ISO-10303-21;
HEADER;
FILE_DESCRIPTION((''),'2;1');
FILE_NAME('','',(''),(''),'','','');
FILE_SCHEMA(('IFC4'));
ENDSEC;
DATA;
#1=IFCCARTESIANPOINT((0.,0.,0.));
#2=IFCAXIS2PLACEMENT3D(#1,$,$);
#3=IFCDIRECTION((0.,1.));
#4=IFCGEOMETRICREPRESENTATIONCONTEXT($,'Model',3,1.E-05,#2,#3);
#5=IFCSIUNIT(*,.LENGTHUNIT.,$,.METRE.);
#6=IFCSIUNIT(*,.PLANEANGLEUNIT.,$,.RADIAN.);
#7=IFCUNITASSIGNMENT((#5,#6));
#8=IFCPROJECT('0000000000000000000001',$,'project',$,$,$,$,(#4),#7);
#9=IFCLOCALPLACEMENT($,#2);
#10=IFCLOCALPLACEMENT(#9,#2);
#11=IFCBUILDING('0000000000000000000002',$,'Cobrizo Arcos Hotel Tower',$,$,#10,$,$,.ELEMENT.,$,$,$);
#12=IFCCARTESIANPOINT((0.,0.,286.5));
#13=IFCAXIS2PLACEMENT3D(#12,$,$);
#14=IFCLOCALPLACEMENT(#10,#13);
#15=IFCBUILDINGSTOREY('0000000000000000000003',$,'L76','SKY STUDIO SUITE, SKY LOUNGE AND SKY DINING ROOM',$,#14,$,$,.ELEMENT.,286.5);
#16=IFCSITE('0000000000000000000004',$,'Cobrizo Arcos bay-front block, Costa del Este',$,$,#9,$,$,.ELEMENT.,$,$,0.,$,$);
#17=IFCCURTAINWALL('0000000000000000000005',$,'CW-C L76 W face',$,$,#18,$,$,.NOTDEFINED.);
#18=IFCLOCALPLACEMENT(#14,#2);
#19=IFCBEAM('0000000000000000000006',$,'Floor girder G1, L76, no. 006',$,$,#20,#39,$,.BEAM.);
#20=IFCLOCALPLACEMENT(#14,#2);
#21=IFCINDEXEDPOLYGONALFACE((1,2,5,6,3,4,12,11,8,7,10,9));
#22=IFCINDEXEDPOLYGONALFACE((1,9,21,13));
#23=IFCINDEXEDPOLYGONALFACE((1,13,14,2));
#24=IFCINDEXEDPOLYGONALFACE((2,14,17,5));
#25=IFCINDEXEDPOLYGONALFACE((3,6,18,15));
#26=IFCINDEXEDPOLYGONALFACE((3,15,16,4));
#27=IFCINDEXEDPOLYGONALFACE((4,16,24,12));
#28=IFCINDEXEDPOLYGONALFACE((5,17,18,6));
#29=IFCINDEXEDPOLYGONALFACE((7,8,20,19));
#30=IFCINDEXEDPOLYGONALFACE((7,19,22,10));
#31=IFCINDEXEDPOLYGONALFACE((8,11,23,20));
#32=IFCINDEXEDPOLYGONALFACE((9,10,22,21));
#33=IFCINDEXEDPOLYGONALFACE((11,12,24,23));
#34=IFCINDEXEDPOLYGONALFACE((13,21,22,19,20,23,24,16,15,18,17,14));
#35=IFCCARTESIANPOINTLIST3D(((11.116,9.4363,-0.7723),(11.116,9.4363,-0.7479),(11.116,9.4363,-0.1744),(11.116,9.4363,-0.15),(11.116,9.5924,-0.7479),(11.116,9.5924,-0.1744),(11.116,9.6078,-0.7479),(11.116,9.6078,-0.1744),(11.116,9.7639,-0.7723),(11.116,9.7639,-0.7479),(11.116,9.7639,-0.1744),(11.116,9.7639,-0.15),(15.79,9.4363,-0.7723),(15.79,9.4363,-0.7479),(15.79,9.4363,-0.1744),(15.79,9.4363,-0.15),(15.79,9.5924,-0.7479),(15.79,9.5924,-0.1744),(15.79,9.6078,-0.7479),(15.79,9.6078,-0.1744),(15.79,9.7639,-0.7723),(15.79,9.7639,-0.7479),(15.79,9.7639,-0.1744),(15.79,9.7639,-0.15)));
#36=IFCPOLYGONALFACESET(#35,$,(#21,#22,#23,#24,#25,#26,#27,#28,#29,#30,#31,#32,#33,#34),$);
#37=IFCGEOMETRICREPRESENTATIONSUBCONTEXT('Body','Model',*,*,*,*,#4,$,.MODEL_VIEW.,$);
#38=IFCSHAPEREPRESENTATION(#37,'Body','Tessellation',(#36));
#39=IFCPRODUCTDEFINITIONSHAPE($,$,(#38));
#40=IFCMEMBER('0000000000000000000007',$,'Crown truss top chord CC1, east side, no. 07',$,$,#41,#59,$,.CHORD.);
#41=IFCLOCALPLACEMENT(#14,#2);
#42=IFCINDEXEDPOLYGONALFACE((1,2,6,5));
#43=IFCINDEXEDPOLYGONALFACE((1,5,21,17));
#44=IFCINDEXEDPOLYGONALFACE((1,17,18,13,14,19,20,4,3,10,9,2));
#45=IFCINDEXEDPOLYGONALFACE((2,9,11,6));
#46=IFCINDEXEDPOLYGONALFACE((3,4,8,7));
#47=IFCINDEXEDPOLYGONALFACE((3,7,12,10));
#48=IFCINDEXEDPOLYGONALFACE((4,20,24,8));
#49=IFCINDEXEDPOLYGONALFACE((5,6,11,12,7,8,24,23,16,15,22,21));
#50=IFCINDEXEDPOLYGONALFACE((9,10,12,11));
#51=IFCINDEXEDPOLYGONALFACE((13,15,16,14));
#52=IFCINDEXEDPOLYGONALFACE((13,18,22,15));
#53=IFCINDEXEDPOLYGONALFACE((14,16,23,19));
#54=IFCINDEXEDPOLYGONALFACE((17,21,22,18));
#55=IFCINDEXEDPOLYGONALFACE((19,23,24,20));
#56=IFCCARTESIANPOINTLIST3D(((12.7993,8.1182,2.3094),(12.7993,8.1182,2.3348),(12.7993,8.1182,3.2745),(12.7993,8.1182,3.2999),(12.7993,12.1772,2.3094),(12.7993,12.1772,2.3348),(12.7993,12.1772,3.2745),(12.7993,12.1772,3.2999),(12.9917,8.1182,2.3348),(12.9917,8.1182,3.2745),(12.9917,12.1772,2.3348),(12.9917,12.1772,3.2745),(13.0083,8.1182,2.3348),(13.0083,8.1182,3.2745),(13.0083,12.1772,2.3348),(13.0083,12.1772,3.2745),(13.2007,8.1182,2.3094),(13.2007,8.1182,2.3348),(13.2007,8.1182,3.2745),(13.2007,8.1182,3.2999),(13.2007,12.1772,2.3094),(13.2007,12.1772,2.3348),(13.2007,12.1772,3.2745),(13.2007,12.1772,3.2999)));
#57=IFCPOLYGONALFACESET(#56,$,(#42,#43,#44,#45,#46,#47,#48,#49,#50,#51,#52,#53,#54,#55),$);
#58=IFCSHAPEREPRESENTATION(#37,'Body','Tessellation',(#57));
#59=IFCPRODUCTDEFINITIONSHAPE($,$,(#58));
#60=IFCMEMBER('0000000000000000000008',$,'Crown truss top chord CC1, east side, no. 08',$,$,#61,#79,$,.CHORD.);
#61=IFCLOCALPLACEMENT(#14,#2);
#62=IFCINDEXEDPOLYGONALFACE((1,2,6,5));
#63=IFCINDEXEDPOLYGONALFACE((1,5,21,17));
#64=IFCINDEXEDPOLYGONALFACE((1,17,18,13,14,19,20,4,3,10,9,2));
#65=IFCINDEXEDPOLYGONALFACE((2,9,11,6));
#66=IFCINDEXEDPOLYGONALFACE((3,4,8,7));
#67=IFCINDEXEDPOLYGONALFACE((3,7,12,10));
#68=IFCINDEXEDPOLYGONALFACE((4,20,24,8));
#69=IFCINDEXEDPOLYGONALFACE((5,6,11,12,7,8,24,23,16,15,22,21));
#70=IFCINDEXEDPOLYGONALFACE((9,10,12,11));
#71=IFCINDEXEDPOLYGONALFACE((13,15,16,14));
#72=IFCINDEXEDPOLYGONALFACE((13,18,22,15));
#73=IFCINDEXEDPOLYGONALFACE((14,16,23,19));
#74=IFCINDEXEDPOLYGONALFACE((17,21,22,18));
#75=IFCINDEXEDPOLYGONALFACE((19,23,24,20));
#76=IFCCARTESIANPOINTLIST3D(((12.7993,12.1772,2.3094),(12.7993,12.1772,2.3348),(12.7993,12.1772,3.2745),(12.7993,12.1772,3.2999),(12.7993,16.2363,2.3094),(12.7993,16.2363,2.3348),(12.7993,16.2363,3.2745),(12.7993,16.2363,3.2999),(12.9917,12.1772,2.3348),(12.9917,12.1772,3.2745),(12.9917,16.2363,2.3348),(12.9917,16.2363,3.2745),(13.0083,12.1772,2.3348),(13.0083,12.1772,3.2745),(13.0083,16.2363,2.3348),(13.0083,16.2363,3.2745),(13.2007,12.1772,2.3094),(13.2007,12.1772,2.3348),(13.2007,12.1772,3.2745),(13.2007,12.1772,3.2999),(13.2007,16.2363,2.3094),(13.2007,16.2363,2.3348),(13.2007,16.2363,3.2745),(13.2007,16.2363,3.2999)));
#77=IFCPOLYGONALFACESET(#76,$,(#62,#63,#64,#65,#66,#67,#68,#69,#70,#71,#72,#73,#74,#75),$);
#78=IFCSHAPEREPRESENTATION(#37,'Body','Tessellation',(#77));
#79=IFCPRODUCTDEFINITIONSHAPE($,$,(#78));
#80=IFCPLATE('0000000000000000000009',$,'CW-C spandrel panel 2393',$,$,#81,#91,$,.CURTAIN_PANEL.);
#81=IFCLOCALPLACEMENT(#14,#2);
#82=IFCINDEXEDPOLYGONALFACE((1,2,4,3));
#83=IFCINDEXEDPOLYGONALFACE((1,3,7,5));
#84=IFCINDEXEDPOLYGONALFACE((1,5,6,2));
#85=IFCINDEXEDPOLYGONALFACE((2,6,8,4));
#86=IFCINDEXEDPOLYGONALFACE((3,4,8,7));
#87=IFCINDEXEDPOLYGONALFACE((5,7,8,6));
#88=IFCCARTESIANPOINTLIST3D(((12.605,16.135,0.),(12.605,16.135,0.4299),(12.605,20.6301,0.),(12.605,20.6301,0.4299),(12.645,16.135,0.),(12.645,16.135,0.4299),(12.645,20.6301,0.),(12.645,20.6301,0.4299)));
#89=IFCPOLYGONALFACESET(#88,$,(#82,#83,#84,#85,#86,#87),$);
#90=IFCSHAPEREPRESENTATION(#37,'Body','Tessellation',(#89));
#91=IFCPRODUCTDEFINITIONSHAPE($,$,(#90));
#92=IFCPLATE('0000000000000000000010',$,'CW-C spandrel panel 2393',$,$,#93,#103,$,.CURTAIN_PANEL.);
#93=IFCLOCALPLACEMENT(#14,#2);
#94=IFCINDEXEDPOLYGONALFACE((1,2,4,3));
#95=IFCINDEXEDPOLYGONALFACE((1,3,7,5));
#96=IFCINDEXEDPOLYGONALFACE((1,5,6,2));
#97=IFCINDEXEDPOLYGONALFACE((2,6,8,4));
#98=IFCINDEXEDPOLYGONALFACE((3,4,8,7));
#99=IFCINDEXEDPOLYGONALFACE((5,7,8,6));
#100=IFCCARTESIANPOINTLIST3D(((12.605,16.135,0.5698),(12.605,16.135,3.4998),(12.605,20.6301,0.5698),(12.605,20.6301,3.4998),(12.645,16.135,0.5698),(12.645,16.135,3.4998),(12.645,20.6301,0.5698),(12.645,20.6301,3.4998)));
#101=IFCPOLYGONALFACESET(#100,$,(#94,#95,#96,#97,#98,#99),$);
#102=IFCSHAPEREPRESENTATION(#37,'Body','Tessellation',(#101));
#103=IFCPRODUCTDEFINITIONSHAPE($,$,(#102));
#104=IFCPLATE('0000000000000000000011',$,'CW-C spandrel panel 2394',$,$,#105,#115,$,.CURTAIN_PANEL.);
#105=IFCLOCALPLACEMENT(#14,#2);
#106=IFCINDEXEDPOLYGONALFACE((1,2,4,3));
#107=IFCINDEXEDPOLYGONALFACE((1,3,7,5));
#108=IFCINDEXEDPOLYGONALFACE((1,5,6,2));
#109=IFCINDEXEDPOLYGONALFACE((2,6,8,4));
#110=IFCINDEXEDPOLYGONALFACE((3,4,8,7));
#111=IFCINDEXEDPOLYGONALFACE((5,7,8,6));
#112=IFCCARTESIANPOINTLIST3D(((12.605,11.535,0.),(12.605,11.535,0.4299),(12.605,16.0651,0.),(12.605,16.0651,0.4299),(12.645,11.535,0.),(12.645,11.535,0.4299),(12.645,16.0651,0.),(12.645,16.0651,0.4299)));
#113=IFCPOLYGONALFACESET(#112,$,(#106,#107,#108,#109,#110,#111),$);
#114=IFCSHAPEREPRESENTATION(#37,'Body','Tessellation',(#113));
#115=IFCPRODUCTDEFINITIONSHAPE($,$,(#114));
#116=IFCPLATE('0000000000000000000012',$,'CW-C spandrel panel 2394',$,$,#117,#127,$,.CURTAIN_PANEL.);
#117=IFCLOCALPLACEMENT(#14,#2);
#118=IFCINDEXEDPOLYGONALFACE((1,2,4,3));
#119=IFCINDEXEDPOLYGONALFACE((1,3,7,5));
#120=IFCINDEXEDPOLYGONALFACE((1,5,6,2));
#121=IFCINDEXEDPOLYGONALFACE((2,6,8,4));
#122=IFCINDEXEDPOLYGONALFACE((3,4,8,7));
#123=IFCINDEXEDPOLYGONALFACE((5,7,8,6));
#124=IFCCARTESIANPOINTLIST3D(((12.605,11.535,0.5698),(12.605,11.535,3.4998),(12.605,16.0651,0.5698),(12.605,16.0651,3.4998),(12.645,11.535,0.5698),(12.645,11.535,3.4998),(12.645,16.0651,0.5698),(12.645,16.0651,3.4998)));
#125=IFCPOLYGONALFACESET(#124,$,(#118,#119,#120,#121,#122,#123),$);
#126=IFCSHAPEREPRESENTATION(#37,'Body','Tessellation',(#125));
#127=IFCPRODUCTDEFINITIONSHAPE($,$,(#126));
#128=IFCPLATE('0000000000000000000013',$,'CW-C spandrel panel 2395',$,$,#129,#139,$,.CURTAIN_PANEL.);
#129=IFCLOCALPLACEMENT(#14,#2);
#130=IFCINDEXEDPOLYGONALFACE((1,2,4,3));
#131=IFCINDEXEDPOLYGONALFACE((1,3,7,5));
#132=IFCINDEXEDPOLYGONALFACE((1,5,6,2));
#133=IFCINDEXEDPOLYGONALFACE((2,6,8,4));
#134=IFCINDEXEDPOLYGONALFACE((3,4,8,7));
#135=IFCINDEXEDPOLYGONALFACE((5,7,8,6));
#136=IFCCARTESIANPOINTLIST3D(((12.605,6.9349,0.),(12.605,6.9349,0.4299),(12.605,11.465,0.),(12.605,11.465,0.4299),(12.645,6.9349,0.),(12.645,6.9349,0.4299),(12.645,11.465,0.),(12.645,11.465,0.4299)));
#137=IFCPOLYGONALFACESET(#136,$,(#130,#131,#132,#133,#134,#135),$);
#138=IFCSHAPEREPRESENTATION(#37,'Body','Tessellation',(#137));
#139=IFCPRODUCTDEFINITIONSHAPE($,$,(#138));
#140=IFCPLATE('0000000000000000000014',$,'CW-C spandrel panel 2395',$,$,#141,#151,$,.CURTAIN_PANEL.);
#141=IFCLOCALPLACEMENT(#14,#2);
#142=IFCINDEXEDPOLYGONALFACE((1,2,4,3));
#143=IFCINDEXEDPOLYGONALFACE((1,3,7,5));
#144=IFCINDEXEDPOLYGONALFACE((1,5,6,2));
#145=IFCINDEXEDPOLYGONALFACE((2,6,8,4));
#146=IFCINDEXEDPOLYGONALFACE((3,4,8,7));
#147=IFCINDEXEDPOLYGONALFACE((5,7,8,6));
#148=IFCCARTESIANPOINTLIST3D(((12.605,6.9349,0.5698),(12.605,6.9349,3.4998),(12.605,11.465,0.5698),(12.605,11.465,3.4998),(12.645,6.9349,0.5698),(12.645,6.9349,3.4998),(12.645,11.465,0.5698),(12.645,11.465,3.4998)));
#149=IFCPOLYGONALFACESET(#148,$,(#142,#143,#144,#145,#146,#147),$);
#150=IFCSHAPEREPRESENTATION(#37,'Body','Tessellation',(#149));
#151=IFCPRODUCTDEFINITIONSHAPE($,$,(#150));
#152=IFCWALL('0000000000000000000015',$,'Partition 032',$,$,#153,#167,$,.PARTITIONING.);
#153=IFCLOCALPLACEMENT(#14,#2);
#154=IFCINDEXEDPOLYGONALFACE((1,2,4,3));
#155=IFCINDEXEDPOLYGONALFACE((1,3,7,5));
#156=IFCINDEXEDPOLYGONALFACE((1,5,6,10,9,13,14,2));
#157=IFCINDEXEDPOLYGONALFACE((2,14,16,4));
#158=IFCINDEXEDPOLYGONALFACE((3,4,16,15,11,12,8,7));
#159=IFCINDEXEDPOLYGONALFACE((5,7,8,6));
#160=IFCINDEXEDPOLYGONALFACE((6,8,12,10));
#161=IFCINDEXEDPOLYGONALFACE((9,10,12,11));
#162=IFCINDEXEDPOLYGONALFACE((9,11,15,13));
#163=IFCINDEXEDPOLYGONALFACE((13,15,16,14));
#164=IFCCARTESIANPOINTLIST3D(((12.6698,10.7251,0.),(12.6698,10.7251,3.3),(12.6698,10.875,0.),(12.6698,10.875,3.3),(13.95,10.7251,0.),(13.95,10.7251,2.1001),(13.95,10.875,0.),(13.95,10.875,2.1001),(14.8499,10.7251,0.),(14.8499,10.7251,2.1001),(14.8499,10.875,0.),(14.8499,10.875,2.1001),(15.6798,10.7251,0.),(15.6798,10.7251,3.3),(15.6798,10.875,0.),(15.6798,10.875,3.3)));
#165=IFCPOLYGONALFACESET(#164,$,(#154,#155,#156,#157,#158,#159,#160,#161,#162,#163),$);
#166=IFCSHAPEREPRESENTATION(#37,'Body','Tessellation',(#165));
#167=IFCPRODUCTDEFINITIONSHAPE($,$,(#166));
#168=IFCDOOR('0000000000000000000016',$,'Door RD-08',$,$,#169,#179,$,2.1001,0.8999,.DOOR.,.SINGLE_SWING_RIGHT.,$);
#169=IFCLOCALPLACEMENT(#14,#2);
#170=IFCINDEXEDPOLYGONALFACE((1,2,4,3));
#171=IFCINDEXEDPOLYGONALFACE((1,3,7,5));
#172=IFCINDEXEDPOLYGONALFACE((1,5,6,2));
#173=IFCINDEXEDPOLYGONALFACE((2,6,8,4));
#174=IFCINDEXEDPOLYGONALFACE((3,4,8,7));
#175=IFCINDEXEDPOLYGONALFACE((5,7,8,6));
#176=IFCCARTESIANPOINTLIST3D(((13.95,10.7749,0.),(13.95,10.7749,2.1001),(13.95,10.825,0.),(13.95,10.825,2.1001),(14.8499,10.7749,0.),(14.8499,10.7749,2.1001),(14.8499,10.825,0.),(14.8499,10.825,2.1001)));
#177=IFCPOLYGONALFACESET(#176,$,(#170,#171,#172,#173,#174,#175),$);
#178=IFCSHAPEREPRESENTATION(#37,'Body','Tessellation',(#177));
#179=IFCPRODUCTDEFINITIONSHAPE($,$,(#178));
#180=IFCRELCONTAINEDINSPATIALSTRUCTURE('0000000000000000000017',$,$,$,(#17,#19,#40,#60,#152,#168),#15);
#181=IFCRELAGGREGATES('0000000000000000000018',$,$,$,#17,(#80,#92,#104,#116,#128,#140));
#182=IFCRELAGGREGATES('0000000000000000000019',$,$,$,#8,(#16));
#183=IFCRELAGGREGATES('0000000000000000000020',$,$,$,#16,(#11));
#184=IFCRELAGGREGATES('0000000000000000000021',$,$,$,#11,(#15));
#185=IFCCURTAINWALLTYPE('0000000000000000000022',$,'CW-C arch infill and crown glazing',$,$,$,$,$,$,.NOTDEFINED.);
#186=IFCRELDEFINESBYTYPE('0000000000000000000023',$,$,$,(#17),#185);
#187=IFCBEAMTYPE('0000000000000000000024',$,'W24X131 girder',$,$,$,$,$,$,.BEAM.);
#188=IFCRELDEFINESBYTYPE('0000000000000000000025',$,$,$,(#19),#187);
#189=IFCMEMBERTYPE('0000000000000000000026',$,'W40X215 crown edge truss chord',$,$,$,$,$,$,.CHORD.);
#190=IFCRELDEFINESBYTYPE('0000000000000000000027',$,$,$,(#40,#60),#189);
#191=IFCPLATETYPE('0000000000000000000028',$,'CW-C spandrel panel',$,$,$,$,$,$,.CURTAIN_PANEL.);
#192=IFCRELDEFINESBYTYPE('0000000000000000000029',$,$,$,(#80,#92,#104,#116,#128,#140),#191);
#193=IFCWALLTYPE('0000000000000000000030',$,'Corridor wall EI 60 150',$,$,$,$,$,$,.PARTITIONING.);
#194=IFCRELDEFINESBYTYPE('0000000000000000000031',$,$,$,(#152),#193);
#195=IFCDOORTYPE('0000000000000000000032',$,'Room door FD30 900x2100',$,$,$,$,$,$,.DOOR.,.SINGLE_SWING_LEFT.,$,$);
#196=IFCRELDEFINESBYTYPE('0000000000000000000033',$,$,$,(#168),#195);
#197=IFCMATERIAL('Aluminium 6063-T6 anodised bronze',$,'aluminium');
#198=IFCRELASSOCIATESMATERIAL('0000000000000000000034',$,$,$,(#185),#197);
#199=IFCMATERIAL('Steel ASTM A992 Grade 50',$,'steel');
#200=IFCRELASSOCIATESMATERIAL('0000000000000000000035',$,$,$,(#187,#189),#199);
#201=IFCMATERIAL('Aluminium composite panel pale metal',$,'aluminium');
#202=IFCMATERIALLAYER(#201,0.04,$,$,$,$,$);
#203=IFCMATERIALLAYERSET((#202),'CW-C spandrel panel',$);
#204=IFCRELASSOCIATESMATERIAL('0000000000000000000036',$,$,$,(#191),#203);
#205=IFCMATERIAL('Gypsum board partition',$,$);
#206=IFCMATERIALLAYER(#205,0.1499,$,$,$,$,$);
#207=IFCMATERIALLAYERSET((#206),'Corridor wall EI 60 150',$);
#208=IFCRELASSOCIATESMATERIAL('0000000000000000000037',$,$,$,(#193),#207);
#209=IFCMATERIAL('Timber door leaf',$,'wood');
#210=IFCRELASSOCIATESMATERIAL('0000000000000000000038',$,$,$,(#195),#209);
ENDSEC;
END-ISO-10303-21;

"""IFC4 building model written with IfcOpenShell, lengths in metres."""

from ifc_helpers import new_model, si_unit, direction, frame, frame_2d, origin, origin_2d, place, context, subcontext, project, spatial, rectangle, i_section, extrude, material, layer, layer_set, material_profile, profile_set, type_object, element, fill, aggregate, save


model = new_model("IFC4")

# Units and contexts
model_context = context("Model", 3, precision=1e-05, world=origin(), true_north=direction((0.0, 1.0)))
body_context = subcontext(model_context, "Body", "Model", "MODEL_VIEW")
ifc_project = project(units=[si_unit("LENGTHUNIT", "METRE"), si_unit("PLANEANGLEUNIT", "RADIAN")], contexts=[model_context])

# Site, building, storey
site_placement = place(None, origin())
site = spatial("IfcSite", under=ifc_project, at=site_placement, Name="Cobrizo Arcos bay-front block, Costa del Este", CompositionType="ELEMENT", RefElevation=0.0)
building_placement = place(site_placement, origin())
building = spatial("IfcBuilding", under=site, at=building_placement, Name="Cobrizo Arcos Hotel Tower", CompositionType="ELEMENT")
storey_placement = place(building_placement, frame((0.0, 0.0, 286.5)))
storey = spatial("IfcBuildingStorey", under=building, at=storey_placement, Name="L76", Description="SKY STUDIO SUITE, SKY LOUNGE AND SKY DINING ROOM", CompositionType="ELEMENT", Elevation=286.5)

# Shared definitions
ifc_material_1 = material(Name="Aluminium 6063-T6 anodised bronze", Category="aluminium")

# Curtain wall
curtain_wall_type_1 = type_object("IfcCurtainWallType", Name="CW-C arch infill and crown glazing", PredefinedType="NOTDEFINED", material=ifc_material_1)
curtain_wall_1_placement = place(storey_placement, origin())
curtain_wall_1 = element("IfcCurtainWall", 1, at=curtain_wall_1_placement, inside=storey, type_object=curtain_wall_type_1, Name="CW-C L76 W face", PredefinedType="NOTDEFINED")

# Shared definitions
ifc_material_2 = material(Name="Steel ASTM A992 Grade 50", Category="steel")

# Beam
ifc_material_profile_1 = material_profile(ifc_material_2, i_section(OverallWidth=0.3276, OverallDepth=0.6223, WebThickness=0.0154, FlangeThickness=0.0244, at=origin_2d()), Name="W24X131")
ifc_profile_set_1 = profile_set([ifc_material_profile_1], Name="Steel ASTM A992 Grade 50")
beam_type_1 = type_object("IfcBeamType", Name="W24X131 girder", PredefinedType="BEAM", material=ifc_profile_set_1)
beam_1_placement = place(storey_placement, frame((11.116, 9.6001, -0.4612), z_axis=(1.0, 0.0, 0.0), x_axis=(0.0, 1.0, 0.0)))
element("IfcBeam", 2, at=beam_1_placement, inside=storey, type_object=beam_type_1, Name="Floor girder G1, L76, no. 006", PredefinedType="BEAM", context=body_context, shape_type="SweptSolid", body=[
    extrude(i_section(OverallWidth=0.3276, OverallDepth=0.6223, WebThickness=0.0154, FlangeThickness=0.0244, at=origin_2d()), origin(), (0.0, 0.0, 1.0), 4.6741),
])

# Members
ifc_material_profile_2 = material_profile(ifc_material_2, i_section(OverallWidth=0.4014, OverallDepth=0.9905, WebThickness=0.0166, FlangeThickness=0.0254, at=origin_2d()), Name="W40X215")
ifc_profile_set_2 = profile_set([ifc_material_profile_2], Name="Steel ASTM A992 Grade 50")
member_type_1 = type_object("IfcMemberType", Name="W40X215 crown edge truss chord", PredefinedType="CHORD", material=ifc_profile_set_2)
for number, where, z_axis, x_axis, name in (
    (3, (13.0, 8.1182, 2.8047), (0.0, 1.0, 0.0), (-1.0, 0.0, 0.0), "Crown truss top chord CC1, east side, no. 07"),
    (4, (13.0, 12.1772, 2.8047), (0.0, 1.0, 0.0), (-1.0, 0.0, 0.0), "Crown truss top chord CC1, east side, no. 08"),
):
    element("IfcMember", number, at=place(storey_placement, frame(where, z_axis=z_axis, x_axis=x_axis)), inside=storey, type_object=member_type_1, Name=name, PredefinedType="CHORD", context=body_context, shape_type="SweptSolid", body=[
        extrude(i_section(OverallWidth=0.4014, OverallDepth=0.9905, WebThickness=0.0166, FlangeThickness=0.0254, at=origin_2d()), origin(), (0.0, 0.0, 1.0), 4.0591),
    ])

# Plates
ifc_material_3 = material(Name="Aluminium composite panel pale metal", Category="aluminium")
ifc_layer_1 = layer(ifc_material_3, 0.04)
ifc_layer_set_1 = layer_set([ifc_layer_1], Name="CW-C spandrel panel")
plate_type = type_object("IfcPlateType", Name="CW-C spandrel panel", PredefinedType="CURTAIN_PANEL", material=ifc_layer_set_1)
plate_1_placement = place(storey_placement, frame((12.625, 18.3826, 0.0), z_axis=(0.0, 0.0, 1.0), x_axis=(0.0, -1.0, 0.0)))
plate_1 = element("IfcPlate", 5, at=plate_1_placement, type_object=plate_type, Name="CW-C spandrel panel 2393", PredefinedType="CURTAIN_PANEL", context=body_context, shape_type="SweptSolid", body=[
    extrude(rectangle(XDim=4.4951, YDim=0.04, at=origin_2d()), origin(), (0.0, 0.0, 1.0), 0.4299),
])
plate_2_placement = place(storey_placement, frame((12.625, 18.3826, 0.5698), z_axis=(0.0, 0.0, 1.0), x_axis=(0.0, -1.0, 0.0)))
plate_2 = element("IfcPlate", 6, at=plate_2_placement, type_object=plate_type, Name="CW-C spandrel panel 2393", PredefinedType="CURTAIN_PANEL", context=body_context, shape_type="SweptSolid", body=[
    extrude(rectangle(XDim=4.4951, YDim=0.04, at=origin_2d()), origin(), (0.0, 0.0, 1.0), 2.9299),
])
plate_3_placement = place(storey_placement, frame((12.625, 13.8, 0.0), z_axis=(0.0, 0.0, 1.0), x_axis=(0.0, -1.0, 0.0)))
plate_3 = element("IfcPlate", 7, at=plate_3_placement, type_object=plate_type, Name="CW-C spandrel panel 2394", PredefinedType="CURTAIN_PANEL", context=body_context, shape_type="SweptSolid", body=[
    extrude(rectangle(XDim=4.53, YDim=0.04, at=origin_2d()), origin(), (0.0, 0.0, 1.0), 0.4299),
])
plate_4_placement = place(storey_placement, frame((12.625, 13.8, 0.5698), z_axis=(0.0, 0.0, 1.0), x_axis=(0.0, -1.0, 0.0)))
plate_4 = element("IfcPlate", 8, at=plate_4_placement, type_object=plate_type, Name="CW-C spandrel panel 2394", PredefinedType="CURTAIN_PANEL", context=body_context, shape_type="SweptSolid", body=[
    extrude(rectangle(XDim=4.53, YDim=0.04, at=origin_2d()), origin(), (0.0, 0.0, 1.0), 2.9299),
])
plate_5_placement = place(storey_placement, frame((12.625, 9.2, 0.0), z_axis=(0.0, 0.0, 1.0), x_axis=(0.0, -1.0, 0.0)))
plate_5 = element("IfcPlate", 9, at=plate_5_placement, type_object=plate_type, Name="CW-C spandrel panel 2395", PredefinedType="CURTAIN_PANEL", context=body_context, shape_type="SweptSolid", body=[
    extrude(rectangle(XDim=4.53, YDim=0.04, at=origin_2d()), origin(), (0.0, 0.0, 1.0), 0.4299),
])
plate_6_placement = place(storey_placement, frame((12.625, 9.2, 0.5698), z_axis=(0.0, 0.0, 1.0), x_axis=(0.0, -1.0, 0.0)))
plate_6 = element("IfcPlate", 10, at=plate_6_placement, type_object=plate_type, Name="CW-C spandrel panel 2395", PredefinedType="CURTAIN_PANEL", context=body_context, shape_type="SweptSolid", body=[
    extrude(rectangle(XDim=4.53, YDim=0.04, at=origin_2d()), origin(), (0.0, 0.0, 1.0), 2.9299),
])
aggregate(curtain_wall_1, [plate_1, plate_2, plate_3, plate_4, plate_5, plate_6])

# Wall, opening, door
ifc_material_4 = material(Name="Gypsum board partition")
ifc_layer_2 = layer(ifc_material_4, 0.1499)
ifc_layer_set_2 = layer_set([ifc_layer_2], Name="Corridor wall EI 60 150")
wall_type_1 = type_object("IfcWallType", Name="Corridor wall EI 60 150", PredefinedType="PARTITIONING", material=ifc_layer_set_2)
wall_1_placement = place(storey_placement, frame((12.6699, 10.8, 0.0), z_axis=(0.0, 0.0, 1.0), x_axis=(1.0, 0.0, 0.0)))
wall_1 = element("IfcWall", 11, at=wall_1_placement, inside=storey, type_object=wall_type_1, Name="Partition 032", PredefinedType="PARTITIONING", context=body_context, shape_type="SweptSolid", body=[
    extrude(rectangle(XDim=3.01, YDim=0.1499, at=frame_2d((1.5049, 0.0))), origin(), (0.0, 0.0, 1.0), 3.3),
])
opening_placement = place(wall_1_placement, frame((1.28, 0.0, 0.0)))
opening = element("IfcOpeningElement", 12, at=opening_placement, cuts=wall_1, PredefinedType="OPENING", context=body_context, shape_type="SweptSolid", body=[
    extrude(rectangle(XDim=0.8999, YDim=2.1001, at=frame_2d((0.45, 1.05))), frame((0.0, 0.0869, 0.0), z_axis=(0.0, -1.0, 0.0), x_axis=(1.0, 0.0, 0.0)), (0.0, 0.0, 1.0), 0.1738),
])
ifc_material_5 = material(Name="Timber door leaf", Category="wood")
door_type = type_object("IfcDoorType", Name="Room door FD30 900x2100", OperationType="SINGLE_SWING_LEFT", PredefinedType="DOOR", material=ifc_material_5)
door_placement = place(opening_placement, origin())
door = element("IfcDoor", 13, at=door_placement, inside=storey, type_object=door_type, Name="Door RD-08", OperationType="SINGLE_SWING_RIGHT", OverallHeight=2.1001, OverallWidth=0.8999, PredefinedType="DOOR", context=body_context, shape_type="SweptSolid", body=[
    extrude(rectangle(XDim=0.8999, YDim=2.1001, at=frame_2d((0.45, 1.05))), frame((0.0, 0.0249, 0.0), z_axis=(0.0, -1.0, 0.0), x_axis=(1.0, 0.0, 0.0)), (0.0, 0.0, 1.0), 0.05),
])
fill(opening, door)

save(model, "model.ifc")
